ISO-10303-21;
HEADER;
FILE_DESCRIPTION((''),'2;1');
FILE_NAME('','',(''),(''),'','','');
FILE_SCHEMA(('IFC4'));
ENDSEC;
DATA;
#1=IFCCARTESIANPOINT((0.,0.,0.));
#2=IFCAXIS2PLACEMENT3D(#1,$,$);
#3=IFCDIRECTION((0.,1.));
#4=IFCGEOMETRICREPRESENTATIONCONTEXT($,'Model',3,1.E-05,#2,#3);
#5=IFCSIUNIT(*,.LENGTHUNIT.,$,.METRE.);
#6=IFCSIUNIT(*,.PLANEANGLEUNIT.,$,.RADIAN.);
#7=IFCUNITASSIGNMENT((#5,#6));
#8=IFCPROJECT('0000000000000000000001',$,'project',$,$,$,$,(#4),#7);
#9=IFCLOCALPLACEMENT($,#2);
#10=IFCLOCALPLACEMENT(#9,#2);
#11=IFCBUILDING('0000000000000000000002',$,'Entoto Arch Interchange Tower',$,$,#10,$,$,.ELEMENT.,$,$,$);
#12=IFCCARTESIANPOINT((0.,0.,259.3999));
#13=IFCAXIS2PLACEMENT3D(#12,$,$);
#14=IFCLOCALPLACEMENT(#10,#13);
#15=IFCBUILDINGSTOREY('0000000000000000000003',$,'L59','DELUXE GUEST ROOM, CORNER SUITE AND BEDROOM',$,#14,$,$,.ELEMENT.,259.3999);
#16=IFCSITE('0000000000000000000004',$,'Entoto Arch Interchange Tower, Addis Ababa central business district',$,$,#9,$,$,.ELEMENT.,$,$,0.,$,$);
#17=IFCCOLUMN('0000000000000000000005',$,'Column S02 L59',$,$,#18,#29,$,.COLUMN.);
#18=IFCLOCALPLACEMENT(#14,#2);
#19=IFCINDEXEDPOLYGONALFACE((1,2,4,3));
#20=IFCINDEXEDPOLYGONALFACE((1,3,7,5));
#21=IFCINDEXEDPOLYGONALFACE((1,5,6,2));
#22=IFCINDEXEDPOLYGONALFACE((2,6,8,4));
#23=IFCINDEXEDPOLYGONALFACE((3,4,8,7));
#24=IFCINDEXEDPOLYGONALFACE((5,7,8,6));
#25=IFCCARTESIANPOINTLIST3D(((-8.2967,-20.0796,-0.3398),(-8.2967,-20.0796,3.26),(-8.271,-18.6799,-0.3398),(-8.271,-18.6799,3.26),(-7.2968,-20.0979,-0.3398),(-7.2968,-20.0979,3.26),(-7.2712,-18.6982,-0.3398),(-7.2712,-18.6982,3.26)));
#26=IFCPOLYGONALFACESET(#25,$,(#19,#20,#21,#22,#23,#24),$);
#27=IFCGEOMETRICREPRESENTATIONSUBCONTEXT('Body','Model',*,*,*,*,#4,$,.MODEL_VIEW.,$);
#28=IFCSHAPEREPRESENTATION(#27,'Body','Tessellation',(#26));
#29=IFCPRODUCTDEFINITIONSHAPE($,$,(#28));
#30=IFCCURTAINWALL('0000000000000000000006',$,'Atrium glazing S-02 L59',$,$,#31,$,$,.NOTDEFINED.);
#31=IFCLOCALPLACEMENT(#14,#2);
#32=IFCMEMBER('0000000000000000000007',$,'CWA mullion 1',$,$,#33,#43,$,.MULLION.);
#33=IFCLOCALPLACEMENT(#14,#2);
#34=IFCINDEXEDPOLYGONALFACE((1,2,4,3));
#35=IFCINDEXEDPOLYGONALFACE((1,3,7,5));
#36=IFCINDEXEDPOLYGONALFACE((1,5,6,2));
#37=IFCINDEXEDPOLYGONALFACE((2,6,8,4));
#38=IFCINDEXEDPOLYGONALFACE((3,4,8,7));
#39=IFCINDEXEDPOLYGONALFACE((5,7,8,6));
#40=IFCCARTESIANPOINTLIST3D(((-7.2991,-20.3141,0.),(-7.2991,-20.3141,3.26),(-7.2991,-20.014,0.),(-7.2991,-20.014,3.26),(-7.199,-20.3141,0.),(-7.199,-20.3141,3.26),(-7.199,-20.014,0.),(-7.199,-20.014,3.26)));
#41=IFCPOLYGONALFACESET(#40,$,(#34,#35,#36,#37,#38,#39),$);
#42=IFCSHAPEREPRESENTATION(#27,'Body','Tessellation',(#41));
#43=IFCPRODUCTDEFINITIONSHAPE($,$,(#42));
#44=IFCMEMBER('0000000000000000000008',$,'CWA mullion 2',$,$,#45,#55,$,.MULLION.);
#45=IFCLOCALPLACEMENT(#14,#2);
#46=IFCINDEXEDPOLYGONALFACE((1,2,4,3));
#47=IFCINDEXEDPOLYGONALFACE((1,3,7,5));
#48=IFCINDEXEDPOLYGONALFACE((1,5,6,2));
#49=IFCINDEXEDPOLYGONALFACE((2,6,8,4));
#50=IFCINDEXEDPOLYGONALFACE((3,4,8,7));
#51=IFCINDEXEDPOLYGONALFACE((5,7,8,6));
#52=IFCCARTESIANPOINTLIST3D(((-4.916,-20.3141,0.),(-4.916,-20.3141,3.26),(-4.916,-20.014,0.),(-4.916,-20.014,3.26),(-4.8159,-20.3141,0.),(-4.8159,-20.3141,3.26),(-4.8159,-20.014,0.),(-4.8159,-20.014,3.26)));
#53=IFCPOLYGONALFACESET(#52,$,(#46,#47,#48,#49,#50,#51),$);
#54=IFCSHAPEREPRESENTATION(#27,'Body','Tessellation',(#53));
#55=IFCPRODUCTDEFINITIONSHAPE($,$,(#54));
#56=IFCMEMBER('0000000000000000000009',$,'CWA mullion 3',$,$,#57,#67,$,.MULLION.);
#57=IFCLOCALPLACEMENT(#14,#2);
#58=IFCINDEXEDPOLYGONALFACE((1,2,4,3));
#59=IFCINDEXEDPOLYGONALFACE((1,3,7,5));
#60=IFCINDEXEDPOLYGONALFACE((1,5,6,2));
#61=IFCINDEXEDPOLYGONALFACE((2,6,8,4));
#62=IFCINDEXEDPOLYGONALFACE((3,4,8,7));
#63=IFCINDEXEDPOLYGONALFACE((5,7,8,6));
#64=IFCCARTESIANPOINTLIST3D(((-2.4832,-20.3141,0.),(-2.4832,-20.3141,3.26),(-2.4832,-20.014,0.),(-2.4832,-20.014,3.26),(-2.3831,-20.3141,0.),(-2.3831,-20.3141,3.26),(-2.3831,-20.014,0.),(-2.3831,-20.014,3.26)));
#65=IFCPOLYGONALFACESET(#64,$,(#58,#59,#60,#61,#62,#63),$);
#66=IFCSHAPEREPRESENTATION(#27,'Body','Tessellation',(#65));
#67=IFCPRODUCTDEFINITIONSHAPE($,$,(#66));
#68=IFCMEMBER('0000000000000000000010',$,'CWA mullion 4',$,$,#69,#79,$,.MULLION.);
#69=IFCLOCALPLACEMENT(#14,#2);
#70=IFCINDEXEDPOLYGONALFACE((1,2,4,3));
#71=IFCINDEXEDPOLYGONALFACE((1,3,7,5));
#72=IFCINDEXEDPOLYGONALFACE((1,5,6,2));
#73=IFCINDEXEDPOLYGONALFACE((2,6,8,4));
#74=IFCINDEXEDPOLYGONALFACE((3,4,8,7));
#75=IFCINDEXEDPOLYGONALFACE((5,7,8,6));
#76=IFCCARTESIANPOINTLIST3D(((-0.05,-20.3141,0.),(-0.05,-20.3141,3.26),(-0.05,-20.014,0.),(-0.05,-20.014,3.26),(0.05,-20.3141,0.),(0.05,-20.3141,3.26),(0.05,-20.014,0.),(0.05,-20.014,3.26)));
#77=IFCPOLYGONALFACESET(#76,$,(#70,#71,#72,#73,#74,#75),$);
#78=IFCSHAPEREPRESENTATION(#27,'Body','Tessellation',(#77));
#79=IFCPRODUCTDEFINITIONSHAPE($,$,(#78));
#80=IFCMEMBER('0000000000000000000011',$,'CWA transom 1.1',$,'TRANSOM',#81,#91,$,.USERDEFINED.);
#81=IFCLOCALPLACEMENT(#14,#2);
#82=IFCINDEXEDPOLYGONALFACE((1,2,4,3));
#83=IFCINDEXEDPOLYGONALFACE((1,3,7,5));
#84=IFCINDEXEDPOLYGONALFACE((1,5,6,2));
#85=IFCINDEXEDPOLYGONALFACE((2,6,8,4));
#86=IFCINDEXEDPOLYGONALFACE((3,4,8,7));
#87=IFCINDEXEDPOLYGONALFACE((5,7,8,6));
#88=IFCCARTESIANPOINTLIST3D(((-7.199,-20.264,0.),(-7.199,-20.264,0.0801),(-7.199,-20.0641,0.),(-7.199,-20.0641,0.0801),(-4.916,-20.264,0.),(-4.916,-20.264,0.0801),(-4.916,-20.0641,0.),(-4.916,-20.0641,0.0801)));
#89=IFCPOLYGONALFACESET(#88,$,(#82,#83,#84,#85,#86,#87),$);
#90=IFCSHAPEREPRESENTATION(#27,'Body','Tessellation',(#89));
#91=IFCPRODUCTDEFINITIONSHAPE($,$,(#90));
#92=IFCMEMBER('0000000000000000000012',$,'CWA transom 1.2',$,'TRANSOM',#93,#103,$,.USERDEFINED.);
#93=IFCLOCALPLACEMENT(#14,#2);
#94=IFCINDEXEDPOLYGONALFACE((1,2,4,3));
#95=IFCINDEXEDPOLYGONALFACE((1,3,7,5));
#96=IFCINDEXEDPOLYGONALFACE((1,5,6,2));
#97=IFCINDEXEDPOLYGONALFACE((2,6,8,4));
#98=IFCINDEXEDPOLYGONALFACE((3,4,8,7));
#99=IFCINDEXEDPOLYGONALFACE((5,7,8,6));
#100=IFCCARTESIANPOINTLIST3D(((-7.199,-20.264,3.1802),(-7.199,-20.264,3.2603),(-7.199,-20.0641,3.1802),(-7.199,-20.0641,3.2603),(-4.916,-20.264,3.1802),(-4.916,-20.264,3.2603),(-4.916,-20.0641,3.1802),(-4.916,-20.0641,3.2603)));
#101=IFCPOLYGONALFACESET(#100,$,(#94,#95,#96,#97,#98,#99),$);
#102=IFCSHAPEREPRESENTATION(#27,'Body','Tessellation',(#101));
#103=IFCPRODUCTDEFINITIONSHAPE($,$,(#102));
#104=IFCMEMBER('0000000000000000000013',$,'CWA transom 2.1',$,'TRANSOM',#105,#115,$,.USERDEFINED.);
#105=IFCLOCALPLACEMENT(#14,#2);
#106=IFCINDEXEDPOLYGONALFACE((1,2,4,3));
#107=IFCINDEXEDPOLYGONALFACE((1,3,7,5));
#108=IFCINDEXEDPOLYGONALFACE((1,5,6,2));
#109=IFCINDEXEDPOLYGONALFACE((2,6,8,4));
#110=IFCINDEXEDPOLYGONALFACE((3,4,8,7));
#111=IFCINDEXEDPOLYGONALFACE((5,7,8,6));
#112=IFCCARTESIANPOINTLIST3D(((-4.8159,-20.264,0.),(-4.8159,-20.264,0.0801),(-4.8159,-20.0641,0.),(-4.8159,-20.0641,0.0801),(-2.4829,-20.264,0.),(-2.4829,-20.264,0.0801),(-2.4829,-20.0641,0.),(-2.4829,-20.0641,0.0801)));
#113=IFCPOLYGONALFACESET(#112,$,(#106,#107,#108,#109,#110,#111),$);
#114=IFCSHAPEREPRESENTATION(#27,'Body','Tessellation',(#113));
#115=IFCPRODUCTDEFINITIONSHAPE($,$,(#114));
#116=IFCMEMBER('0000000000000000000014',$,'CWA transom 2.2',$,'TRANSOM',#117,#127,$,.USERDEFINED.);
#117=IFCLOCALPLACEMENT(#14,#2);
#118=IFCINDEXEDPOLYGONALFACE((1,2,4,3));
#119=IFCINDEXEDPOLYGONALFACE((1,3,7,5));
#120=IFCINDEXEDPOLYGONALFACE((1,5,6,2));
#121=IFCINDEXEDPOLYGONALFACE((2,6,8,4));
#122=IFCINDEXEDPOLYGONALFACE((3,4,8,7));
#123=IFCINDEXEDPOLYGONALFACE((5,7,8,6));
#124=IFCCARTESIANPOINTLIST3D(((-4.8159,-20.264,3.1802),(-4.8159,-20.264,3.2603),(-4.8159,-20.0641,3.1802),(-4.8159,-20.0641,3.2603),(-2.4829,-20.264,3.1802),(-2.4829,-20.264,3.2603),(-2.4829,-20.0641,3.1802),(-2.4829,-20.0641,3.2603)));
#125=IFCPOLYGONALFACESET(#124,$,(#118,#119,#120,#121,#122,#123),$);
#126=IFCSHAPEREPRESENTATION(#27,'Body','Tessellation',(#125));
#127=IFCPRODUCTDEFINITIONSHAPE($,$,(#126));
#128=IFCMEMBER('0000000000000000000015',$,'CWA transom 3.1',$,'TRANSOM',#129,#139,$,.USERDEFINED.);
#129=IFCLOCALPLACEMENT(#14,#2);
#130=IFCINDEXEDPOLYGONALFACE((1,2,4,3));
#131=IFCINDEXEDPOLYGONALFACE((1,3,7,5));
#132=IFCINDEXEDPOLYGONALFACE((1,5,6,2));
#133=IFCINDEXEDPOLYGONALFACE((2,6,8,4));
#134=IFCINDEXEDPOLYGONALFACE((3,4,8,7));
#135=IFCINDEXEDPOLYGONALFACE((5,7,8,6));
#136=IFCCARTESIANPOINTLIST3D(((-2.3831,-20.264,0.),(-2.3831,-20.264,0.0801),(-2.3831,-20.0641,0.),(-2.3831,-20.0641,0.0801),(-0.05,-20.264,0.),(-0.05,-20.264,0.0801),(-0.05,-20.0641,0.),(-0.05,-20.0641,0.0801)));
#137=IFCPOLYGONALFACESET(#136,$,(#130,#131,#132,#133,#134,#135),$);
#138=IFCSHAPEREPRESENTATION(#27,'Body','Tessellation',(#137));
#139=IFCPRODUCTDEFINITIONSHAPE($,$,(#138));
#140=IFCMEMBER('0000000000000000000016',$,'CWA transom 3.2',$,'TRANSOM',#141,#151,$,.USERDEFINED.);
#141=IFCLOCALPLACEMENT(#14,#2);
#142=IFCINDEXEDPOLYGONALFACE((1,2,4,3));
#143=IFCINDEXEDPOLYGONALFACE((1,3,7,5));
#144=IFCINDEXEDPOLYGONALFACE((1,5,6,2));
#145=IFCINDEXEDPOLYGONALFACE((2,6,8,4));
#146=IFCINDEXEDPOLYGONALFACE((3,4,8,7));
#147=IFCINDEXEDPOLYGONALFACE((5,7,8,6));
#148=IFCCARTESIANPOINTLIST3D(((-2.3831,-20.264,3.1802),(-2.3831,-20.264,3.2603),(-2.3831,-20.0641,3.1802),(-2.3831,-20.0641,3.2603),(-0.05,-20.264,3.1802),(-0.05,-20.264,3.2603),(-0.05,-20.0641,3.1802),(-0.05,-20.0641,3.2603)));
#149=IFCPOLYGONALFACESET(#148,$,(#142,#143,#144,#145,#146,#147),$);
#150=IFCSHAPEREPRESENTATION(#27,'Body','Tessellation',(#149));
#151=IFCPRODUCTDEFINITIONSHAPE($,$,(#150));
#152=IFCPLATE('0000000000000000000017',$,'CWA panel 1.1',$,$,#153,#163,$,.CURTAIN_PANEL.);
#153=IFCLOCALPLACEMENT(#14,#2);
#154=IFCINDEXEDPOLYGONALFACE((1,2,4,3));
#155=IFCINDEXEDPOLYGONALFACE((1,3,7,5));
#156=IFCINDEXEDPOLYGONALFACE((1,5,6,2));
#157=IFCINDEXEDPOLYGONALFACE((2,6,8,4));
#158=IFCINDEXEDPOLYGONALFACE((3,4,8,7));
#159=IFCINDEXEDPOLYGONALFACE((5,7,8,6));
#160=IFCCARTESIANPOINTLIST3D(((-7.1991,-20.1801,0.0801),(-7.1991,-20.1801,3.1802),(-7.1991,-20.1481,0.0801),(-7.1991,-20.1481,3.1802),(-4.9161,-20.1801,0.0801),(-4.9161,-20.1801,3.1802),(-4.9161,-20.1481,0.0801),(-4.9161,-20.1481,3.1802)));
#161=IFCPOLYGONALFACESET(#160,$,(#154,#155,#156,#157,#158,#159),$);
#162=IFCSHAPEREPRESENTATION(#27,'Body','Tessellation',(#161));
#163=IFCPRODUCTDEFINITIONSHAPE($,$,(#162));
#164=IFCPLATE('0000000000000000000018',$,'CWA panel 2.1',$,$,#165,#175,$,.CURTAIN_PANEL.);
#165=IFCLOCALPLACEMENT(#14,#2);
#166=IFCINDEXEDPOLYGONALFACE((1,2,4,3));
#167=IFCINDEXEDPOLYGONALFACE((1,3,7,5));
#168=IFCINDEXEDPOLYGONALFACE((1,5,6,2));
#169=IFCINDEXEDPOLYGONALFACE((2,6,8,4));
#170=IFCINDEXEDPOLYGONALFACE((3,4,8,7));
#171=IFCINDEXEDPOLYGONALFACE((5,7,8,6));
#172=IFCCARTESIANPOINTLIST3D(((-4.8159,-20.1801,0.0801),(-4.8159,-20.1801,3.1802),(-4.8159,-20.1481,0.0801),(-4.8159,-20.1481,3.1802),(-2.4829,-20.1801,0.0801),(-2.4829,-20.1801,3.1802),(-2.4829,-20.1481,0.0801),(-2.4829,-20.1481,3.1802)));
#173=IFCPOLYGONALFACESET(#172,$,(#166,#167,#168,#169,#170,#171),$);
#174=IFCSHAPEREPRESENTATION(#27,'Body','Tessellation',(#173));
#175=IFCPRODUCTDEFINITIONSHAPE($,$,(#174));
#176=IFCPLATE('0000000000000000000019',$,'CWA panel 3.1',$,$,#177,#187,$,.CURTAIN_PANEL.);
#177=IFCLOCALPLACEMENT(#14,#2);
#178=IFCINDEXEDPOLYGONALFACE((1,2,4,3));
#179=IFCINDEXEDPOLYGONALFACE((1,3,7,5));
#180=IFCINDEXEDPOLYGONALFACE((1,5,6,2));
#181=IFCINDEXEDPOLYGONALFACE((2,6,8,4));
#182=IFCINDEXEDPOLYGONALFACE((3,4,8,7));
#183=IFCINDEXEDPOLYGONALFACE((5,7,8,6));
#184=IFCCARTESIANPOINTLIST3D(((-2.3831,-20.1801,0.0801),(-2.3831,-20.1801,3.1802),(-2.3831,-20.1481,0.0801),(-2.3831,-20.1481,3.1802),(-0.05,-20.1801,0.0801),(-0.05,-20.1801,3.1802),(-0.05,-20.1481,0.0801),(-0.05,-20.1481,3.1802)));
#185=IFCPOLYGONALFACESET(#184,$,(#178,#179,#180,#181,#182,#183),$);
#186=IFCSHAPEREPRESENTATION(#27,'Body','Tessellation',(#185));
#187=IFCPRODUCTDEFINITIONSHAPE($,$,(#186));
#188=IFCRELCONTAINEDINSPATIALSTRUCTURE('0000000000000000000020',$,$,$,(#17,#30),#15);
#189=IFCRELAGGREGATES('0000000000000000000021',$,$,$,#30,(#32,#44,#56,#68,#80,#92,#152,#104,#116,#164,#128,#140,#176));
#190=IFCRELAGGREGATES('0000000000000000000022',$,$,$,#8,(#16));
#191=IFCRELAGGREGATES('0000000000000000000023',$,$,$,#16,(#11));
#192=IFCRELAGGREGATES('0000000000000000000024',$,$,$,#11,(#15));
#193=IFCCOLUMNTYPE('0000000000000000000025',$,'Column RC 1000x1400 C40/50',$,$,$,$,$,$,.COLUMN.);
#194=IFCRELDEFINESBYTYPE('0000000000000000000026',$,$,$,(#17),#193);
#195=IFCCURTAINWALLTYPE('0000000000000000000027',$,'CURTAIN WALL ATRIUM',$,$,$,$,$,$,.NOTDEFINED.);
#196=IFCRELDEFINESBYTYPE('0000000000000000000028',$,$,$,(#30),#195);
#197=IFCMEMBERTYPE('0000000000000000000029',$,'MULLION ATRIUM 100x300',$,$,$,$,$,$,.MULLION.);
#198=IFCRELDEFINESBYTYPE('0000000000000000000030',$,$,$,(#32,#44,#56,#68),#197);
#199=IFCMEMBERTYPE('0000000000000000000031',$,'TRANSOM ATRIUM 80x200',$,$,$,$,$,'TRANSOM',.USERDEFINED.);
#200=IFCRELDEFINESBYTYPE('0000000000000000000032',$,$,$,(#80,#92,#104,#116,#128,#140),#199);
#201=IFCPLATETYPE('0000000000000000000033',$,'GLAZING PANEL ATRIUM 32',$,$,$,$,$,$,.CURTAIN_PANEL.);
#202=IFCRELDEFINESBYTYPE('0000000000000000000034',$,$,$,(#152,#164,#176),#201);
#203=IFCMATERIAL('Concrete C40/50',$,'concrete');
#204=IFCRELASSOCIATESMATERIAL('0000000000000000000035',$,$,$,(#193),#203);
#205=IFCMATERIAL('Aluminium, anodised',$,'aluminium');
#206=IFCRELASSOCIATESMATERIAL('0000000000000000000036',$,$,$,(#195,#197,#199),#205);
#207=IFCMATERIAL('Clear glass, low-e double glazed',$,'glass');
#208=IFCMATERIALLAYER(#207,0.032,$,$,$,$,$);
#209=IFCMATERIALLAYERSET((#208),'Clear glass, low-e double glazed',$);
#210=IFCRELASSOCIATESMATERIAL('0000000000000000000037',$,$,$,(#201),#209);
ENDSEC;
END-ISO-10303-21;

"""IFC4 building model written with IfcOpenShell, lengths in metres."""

from ifc_helpers import new_model, si_unit, direction, frame, origin, origin_2d, place, context, subcontext, project, spatial, rectangle, extrude, material, layer, layer_set, material_profile, profile_set, type_object, element, aggregate, save


model = new_model("IFC4")

# Units and contexts
model_context = context("Model", 3, precision=1e-05, world=origin(), true_north=direction((0.0, 1.0)))
body_context = subcontext(model_context, "Body", "Model", "MODEL_VIEW")
ifc_project = project(units=[si_unit("LENGTHUNIT", "METRE"), si_unit("PLANEANGLEUNIT", "RADIAN")], contexts=[model_context])

# Site, building, storey
site_placement = place(None, origin())
site = spatial("IfcSite", under=ifc_project, at=site_placement, Name="Entoto Arch Interchange Tower, Addis Ababa central business district", CompositionType="ELEMENT", RefElevation=0.0)
building_placement = place(site_placement, origin())
building = spatial("IfcBuilding", under=site, at=building_placement, Name="Entoto Arch Interchange Tower", CompositionType="ELEMENT")
storey_placement = place(building_placement, frame((0.0, 0.0, 259.3999)))
storey = spatial("IfcBuildingStorey", under=building, at=storey_placement, Name="L59", Description="DELUXE GUEST ROOM, CORNER SUITE AND BEDROOM", CompositionType="ELEMENT", Elevation=259.3999)

# Column
ifc_material_1 = material(Name="Concrete C40/50", Category="concrete")
ifc_material_profile_1 = material_profile(ifc_material_1, rectangle(XDim=1.0, YDim=1.3999, at=origin_2d()))
ifc_profile_set_1 = profile_set([ifc_material_profile_1], Name="Concrete C40/50")
column_type = type_object("IfcColumnType", Name="Column RC 1000x1400 C40/50", PredefinedType="COLUMN", material=ifc_profile_set_1)
column_placement = place(storey_placement, frame((-7.7839, -19.3889, -0.3398), z_axis=(0.0, 0.0, 1.0), x_axis=(-0.999833, 0.01829, 0.0)))
element("IfcColumn", 1, at=column_placement, inside=storey, type_object=column_type, Name="Column S02 L59", PredefinedType="COLUMN", context=body_context, shape_type="SweptSolid", body=[
    extrude(rectangle(XDim=1.0, YDim=1.3999, at=origin_2d()), origin(), (0.0, 0.0, 1.0), 3.5999),
])

# Curtain wall, members, plates
ifc_material_2 = material(Name="Aluminium, anodised", Category="aluminium")
curtain_wall_type = type_object("IfcCurtainWallType", Name="CURTAIN WALL ATRIUM", PredefinedType="NOTDEFINED", material=ifc_material_2)
curtain_wall_placement = place(storey_placement, origin())
curtain_wall = element("IfcCurtainWall", 2, at=curtain_wall_placement, inside=storey, type_object=curtain_wall_type, Name="Atrium glazing S-02 L59", PredefinedType="NOTDEFINED")
ifc_material_profile_2 = material_profile(ifc_material_2, rectangle(XDim=0.3, YDim=0.1001, at=origin_2d()))
ifc_profile_set_2 = profile_set([ifc_material_profile_2], Name="Aluminium, anodised")
member_type_1 = type_object("IfcMemberType", Name="MULLION ATRIUM 100x300", PredefinedType="MULLION", material=ifc_profile_set_2)
member_1_placement = place(storey_placement, frame((-7.249, -20.1641, 0.0), z_axis=(0.0, 0.0, 1.0), x_axis=(0.0, 1.0, 0.0)))
member_1 = element("IfcMember", 3, at=member_1_placement, type_object=member_type_1, Name="CWA mullion 1", PredefinedType="MULLION", context=body_context, shape_type="SweptSolid", body=[
    extrude(rectangle(XDim=0.3, YDim=0.1001, at=origin_2d()), origin(), (0.0, 0.0, 1.0), 3.26),
])
member_2_placement = place(storey_placement, frame((-4.866, -20.1641, 0.0), z_axis=(0.0, 0.0, 1.0), x_axis=(0.0, 1.0, 0.0)))
member_2 = element("IfcMember", 4, at=member_2_placement, type_object=member_type_1, Name="CWA mullion 2", PredefinedType="MULLION", context=body_context, shape_type="SweptSolid", body=[
    extrude(rectangle(XDim=0.3, YDim=0.1001, at=origin_2d()), origin(), (0.0, 0.0, 1.0), 3.26),
])
member_3_placement = place(storey_placement, frame((-2.4331, -20.1641, 0.0), z_axis=(0.0, 0.0, 1.0), x_axis=(0.0, 1.0, 0.0)))
member_3 = element("IfcMember", 5, at=member_3_placement, type_object=member_type_1, Name="CWA mullion 3", PredefinedType="MULLION", context=body_context, shape_type="SweptSolid", body=[
    extrude(rectangle(XDim=0.3, YDim=0.1001, at=origin_2d()), origin(), (0.0, 0.0, 1.0), 3.26),
])
member_4_placement = place(storey_placement, frame((0.0, -20.1641, 0.0), z_axis=(0.0, 0.0, 1.0), x_axis=(0.0, 1.0, 0.0)))
member_4 = element("IfcMember", 6, at=member_4_placement, type_object=member_type_1, Name="CWA mullion 4", PredefinedType="MULLION", context=body_context, shape_type="SweptSolid", body=[
    extrude(rectangle(XDim=0.3, YDim=0.1001, at=origin_2d()), origin(), (0.0, 0.0, 1.0), 3.26),
])
ifc_material_profile_3 = material_profile(ifc_material_2, rectangle(XDim=0.2, YDim=0.0801, at=origin_2d()))
ifc_profile_set_3 = profile_set([ifc_material_profile_3], Name="Aluminium, anodised")
member_type_2 = type_object("IfcMemberType", Name="TRANSOM ATRIUM 80x200", ElementType="TRANSOM", PredefinedType="USERDEFINED", material=ifc_profile_set_3)
member_5_placement = place(storey_placement, frame((-7.199, -20.1641, 0.04), z_axis=(1.0, 0.0, 0.0), x_axis=(0.0, 1.0, 0.0)))
member_5 = element("IfcMember", 7, at=member_5_placement, type_object=member_type_2, Name="CWA transom 1.1", ObjectType="TRANSOM", PredefinedType="USERDEFINED", context=body_context, shape_type="SweptSolid", body=[
    extrude(rectangle(XDim=0.2, YDim=0.0801, at=origin_2d()), origin(), (0.0, 0.0, 1.0), 2.283),
])
member_6_placement = place(storey_placement, frame((-7.199, -20.1641, 3.2202), z_axis=(1.0, 0.0, 0.0), x_axis=(0.0, 1.0, 0.0)))
member_6 = element("IfcMember", 8, at=member_6_placement, type_object=member_type_2, Name="CWA transom 1.2", ObjectType="TRANSOM", PredefinedType="USERDEFINED", context=body_context, shape_type="SweptSolid", body=[
    extrude(rectangle(XDim=0.2, YDim=0.0801, at=origin_2d()), origin(), (0.0, 0.0, 1.0), 2.283),
])
member_7_placement = place(storey_placement, frame((-4.8159, -20.1641, 0.04), z_axis=(1.0, 0.0, 0.0), x_axis=(0.0, 1.0, 0.0)))
member_7 = element("IfcMember", 9, at=member_7_placement, type_object=member_type_2, Name="CWA transom 2.1", ObjectType="TRANSOM", PredefinedType="USERDEFINED", context=body_context, shape_type="SweptSolid", body=[
    extrude(rectangle(XDim=0.2, YDim=0.0801, at=origin_2d()), origin(), (0.0, 0.0, 1.0), 2.333),
])
member_8_placement = place(storey_placement, frame((-4.8159, -20.1641, 3.2202), z_axis=(1.0, 0.0, 0.0), x_axis=(0.0, 1.0, 0.0)))
member_8 = element("IfcMember", 10, at=member_8_placement, type_object=member_type_2, Name="CWA transom 2.2", ObjectType="TRANSOM", PredefinedType="USERDEFINED", context=body_context, shape_type="SweptSolid", body=[
    extrude(rectangle(XDim=0.2, YDim=0.0801, at=origin_2d()), origin(), (0.0, 0.0, 1.0), 2.333),
])
member_9_placement = place(storey_placement, frame((-2.3831, -20.1641, 0.04), z_axis=(1.0, 0.0, 0.0), x_axis=(0.0, 1.0, 0.0)))
member_9 = element("IfcMember", 11, at=member_9_placement, type_object=member_type_2, Name="CWA transom 3.1", ObjectType="TRANSOM", PredefinedType="USERDEFINED", context=body_context, shape_type="SweptSolid", body=[
    extrude(rectangle(XDim=0.2, YDim=0.0801, at=origin_2d()), origin(), (0.0, 0.0, 1.0), 2.333),
])
member_10_placement = place(storey_placement, frame((-2.3831, -20.1641, 3.2202), z_axis=(1.0, 0.0, 0.0), x_axis=(0.0, 1.0, 0.0)))
member_10 = element("IfcMember", 12, at=member_10_placement, type_object=member_type_2, Name="CWA transom 3.2", ObjectType="TRANSOM", PredefinedType="USERDEFINED", context=body_context, shape_type="SweptSolid", body=[
    extrude(rectangle(XDim=0.2, YDim=0.0801, at=origin_2d()), origin(), (0.0, 0.0, 1.0), 2.333),
])
ifc_material_3 = material(Name="Clear glass, low-e double glazed", Category="glass")
ifc_layer_1 = layer(ifc_material_3, 0.032)
ifc_layer_set_1 = layer_set([ifc_layer_1], Name="Clear glass, low-e double glazed")
plate_type = type_object("IfcPlateType", Name="GLAZING PANEL ATRIUM 32", PredefinedType="CURTAIN_PANEL", material=ifc_layer_set_1)
plate_1_placement = place(storey_placement, frame((-6.0576, -20.1641, 0.0801), z_axis=(0.0, 0.0, 1.0), x_axis=(1.0, 0.0, 0.0)))
plate_1 = element("IfcPlate", 13, at=plate_1_placement, type_object=plate_type, Name="CWA panel 1.1", PredefinedType="CURTAIN_PANEL", context=body_context, shape_type="SweptSolid", body=[
    extrude(rectangle(XDim=2.283, YDim=0.032, at=origin_2d()), origin(), (0.0, 0.0, 1.0), 3.1001),
])
plate_2_placement = place(storey_placement, frame((-3.6494, -20.1641, 0.0801), z_axis=(0.0, 0.0, 1.0), x_axis=(1.0, 0.0, 0.0)))
plate_2 = element("IfcPlate", 14, at=plate_2_placement, type_object=plate_type, Name="CWA panel 2.1", PredefinedType="CURTAIN_PANEL", context=body_context, shape_type="SweptSolid", body=[
    extrude(rectangle(XDim=2.333, YDim=0.032, at=origin_2d()), origin(), (0.0, 0.0, 1.0), 3.1001),
])
plate_3_placement = place(storey_placement, frame((-1.2166, -20.1641, 0.0801), z_axis=(0.0, 0.0, 1.0), x_axis=(1.0, 0.0, 0.0)))
plate_3 = element("IfcPlate", 15, at=plate_3_placement, type_object=plate_type, Name="CWA panel 3.1", PredefinedType="CURTAIN_PANEL", context=body_context, shape_type="SweptSolid", body=[
    extrude(rectangle(XDim=2.333, YDim=0.032, at=origin_2d()), origin(), (0.0, 0.0, 1.0), 3.1001),
])
aggregate(curtain_wall, [member_1, member_2, member_3, member_4, member_5, member_6, plate_1, member_7, member_8, plate_2, member_9, member_10, plate_3])

save(model, "model.ifc")
